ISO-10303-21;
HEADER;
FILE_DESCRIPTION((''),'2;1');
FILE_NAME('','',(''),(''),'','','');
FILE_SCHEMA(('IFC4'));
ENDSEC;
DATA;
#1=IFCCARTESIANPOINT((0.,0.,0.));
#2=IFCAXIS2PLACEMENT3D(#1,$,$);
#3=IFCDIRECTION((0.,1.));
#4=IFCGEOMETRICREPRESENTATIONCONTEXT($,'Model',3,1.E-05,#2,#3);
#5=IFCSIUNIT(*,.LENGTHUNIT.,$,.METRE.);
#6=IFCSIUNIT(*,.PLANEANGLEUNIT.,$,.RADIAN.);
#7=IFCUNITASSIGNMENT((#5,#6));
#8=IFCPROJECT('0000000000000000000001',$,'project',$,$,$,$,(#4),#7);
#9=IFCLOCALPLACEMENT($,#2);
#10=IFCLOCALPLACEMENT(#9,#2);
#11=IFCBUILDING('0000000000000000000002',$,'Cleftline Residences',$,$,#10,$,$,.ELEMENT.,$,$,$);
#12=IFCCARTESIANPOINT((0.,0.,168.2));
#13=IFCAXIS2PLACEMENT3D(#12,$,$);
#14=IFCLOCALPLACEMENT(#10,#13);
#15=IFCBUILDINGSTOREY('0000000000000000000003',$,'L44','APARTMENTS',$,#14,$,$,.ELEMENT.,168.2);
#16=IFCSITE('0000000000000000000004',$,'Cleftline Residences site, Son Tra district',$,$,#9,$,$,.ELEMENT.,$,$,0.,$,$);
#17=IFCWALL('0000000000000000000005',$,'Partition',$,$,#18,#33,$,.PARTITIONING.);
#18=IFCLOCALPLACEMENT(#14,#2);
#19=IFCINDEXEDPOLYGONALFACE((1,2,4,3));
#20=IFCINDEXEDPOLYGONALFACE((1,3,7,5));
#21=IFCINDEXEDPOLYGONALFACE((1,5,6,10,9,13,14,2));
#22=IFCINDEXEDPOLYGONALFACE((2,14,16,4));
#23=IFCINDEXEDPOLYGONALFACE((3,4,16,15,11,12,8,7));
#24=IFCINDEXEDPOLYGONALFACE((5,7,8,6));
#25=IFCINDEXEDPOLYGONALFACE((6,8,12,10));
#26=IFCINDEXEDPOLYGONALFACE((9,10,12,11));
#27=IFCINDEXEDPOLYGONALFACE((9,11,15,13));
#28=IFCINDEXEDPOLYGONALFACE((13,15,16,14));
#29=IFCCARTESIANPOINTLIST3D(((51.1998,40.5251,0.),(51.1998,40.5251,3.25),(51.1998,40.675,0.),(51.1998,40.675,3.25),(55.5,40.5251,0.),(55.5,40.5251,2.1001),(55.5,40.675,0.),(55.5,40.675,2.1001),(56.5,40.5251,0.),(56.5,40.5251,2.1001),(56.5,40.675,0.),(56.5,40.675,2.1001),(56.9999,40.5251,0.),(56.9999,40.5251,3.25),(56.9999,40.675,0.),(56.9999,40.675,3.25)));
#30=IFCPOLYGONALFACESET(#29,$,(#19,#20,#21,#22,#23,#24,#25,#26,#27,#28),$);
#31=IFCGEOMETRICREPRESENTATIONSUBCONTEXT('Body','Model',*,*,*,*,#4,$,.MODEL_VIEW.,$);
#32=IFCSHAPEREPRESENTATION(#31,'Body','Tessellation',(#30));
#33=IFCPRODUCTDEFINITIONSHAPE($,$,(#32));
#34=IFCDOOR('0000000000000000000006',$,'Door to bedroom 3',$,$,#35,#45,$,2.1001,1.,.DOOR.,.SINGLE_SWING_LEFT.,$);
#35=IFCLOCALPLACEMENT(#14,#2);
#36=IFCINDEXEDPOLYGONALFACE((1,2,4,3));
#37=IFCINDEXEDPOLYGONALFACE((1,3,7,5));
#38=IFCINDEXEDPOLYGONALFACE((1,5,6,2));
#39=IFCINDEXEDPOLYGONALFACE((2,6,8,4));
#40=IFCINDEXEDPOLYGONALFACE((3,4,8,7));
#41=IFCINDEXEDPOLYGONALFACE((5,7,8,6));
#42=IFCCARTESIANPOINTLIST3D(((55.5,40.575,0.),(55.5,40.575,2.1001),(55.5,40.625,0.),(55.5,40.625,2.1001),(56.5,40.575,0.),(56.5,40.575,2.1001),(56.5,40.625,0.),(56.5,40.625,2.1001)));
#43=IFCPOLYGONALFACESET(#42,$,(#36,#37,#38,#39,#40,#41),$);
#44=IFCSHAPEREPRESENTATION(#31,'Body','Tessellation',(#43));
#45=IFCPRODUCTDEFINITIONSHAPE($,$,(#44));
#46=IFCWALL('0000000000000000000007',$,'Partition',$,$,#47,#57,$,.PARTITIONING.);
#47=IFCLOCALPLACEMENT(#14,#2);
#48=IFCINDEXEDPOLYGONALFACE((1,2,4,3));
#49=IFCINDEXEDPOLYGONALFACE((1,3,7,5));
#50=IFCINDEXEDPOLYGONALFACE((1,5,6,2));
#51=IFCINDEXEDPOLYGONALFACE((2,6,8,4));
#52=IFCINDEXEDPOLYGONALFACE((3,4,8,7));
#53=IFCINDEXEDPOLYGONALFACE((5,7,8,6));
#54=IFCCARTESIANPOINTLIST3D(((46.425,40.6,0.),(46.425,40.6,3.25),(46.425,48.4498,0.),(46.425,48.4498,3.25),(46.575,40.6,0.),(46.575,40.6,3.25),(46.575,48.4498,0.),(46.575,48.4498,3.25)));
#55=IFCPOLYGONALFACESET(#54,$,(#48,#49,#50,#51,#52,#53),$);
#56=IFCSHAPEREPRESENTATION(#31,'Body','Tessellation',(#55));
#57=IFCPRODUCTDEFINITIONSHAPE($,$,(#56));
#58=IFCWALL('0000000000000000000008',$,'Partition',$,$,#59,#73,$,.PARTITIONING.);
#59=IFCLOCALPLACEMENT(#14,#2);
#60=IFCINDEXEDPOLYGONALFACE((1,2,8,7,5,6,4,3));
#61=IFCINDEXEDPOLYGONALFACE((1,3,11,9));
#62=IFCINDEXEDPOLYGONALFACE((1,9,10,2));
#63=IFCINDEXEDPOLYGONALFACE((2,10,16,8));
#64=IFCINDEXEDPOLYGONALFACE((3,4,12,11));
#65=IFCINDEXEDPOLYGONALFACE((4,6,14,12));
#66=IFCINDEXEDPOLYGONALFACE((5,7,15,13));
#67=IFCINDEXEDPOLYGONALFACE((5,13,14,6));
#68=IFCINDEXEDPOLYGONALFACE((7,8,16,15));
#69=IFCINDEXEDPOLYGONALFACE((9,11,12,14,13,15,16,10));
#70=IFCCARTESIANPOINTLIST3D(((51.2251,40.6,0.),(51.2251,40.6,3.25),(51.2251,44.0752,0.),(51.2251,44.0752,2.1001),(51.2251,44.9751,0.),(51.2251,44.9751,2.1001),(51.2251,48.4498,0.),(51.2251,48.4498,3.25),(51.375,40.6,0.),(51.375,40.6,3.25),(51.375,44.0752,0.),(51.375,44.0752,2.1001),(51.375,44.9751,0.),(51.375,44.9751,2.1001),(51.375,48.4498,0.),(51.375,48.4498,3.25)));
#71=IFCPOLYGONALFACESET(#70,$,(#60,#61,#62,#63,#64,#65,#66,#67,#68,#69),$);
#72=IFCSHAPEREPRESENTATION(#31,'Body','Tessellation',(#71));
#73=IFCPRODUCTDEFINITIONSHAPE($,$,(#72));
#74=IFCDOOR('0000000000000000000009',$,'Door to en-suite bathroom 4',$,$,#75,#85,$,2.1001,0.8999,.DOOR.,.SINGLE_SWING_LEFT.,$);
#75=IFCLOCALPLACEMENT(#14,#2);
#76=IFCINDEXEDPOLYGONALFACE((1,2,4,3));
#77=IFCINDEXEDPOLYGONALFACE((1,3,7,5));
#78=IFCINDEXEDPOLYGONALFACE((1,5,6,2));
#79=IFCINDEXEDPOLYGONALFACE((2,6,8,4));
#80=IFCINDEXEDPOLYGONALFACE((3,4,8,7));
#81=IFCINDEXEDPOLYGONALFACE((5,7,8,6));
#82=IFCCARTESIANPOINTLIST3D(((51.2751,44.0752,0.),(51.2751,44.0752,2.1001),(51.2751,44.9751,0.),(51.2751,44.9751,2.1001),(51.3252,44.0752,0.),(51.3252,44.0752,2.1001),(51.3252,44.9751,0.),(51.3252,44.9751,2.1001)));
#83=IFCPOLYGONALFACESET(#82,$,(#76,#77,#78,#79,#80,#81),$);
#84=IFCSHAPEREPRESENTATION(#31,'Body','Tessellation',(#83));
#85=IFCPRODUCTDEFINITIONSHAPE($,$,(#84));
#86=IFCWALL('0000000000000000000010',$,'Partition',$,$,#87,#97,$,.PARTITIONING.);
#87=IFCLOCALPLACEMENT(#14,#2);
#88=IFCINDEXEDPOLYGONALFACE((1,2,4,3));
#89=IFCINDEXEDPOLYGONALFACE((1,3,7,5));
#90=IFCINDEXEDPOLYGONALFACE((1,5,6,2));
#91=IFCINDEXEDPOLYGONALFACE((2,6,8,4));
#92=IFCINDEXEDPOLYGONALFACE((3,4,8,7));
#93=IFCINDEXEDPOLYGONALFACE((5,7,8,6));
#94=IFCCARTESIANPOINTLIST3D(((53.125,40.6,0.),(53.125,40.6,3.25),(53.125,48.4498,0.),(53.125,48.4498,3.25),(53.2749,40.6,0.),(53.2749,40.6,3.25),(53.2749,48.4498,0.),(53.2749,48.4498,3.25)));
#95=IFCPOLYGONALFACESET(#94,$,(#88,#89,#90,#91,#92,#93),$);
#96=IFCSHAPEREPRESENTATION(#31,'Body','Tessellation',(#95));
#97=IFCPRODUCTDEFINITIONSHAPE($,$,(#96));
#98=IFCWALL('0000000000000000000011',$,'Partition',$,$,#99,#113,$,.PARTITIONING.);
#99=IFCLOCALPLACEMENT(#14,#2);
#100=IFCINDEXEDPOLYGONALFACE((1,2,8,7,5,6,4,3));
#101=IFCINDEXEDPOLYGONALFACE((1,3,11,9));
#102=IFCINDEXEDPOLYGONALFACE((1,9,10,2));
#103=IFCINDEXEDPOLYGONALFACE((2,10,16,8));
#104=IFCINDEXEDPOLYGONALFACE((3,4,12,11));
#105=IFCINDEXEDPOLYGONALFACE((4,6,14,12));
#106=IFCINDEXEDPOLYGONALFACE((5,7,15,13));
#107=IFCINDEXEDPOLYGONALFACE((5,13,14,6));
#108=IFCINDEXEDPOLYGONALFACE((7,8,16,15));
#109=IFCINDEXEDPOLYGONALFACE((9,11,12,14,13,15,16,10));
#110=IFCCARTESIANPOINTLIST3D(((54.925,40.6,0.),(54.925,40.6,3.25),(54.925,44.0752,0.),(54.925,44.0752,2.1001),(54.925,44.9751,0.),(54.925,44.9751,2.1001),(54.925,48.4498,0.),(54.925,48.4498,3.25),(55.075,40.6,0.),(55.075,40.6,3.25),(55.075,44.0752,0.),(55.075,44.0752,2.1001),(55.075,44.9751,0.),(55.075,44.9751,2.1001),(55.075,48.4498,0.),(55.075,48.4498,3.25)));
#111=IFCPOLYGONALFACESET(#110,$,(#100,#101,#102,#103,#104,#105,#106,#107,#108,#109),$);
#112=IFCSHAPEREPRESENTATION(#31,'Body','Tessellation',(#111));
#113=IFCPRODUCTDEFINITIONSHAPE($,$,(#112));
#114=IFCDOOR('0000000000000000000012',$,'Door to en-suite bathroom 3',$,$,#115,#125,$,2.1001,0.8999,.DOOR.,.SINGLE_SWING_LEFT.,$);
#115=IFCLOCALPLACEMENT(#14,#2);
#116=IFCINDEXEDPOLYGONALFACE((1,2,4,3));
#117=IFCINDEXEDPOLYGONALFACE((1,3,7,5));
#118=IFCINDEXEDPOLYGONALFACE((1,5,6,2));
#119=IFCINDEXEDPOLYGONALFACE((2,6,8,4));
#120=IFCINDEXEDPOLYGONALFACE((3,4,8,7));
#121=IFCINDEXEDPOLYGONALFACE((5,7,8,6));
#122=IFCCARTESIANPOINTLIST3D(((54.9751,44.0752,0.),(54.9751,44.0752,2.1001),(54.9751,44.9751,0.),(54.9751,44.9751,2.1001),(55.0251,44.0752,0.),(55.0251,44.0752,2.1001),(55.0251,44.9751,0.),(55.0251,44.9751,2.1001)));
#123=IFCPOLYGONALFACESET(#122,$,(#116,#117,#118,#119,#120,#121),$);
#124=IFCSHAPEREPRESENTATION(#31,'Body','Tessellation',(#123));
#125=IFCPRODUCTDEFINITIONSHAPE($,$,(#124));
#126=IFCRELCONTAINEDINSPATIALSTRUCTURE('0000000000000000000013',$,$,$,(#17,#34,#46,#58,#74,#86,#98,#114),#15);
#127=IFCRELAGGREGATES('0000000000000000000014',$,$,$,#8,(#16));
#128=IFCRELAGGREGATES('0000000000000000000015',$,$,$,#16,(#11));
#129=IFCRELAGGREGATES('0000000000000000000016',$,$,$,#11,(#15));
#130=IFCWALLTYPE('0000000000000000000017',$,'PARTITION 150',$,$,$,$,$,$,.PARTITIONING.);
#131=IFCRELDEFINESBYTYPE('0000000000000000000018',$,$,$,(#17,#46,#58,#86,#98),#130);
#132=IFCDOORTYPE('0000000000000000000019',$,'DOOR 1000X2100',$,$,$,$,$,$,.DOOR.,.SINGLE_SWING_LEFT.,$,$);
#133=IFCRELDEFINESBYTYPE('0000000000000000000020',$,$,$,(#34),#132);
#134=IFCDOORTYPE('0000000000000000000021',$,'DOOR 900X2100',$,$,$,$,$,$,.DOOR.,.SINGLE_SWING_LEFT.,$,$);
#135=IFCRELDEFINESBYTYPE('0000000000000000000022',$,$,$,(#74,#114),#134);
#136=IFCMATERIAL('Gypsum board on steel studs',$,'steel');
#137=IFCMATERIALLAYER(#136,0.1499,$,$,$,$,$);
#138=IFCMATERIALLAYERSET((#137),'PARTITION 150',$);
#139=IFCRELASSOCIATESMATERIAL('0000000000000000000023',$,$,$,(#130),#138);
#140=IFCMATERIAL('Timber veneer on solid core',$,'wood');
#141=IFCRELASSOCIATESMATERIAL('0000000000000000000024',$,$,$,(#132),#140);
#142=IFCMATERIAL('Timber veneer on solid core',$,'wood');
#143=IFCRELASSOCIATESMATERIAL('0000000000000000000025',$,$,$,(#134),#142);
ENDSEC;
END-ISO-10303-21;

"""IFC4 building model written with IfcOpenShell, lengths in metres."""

from ifc_helpers import new_model, si_unit, direction, frame, frame_2d, origin, place, context, subcontext, project, spatial, rectangle, extrude, material, layer, layer_set, type_object, element, fill, save


model = new_model("IFC4")

# Units and contexts
model_context = context("Model", 3, precision=1e-05, world=origin(), true_north=direction((0.0, 1.0)))
body_context = subcontext(model_context, "Body", "Model", "MODEL_VIEW")
ifc_project = project(units=[si_unit("LENGTHUNIT", "METRE"), si_unit("PLANEANGLEUNIT", "RADIAN")], contexts=[model_context])

# Site, building, storey
site_placement = place(None, origin())
site = spatial("IfcSite", under=ifc_project, at=site_placement, Name="Cleftline Residences site, Son Tra district", CompositionType="ELEMENT", RefElevation=0.0)
building_placement = place(site_placement, origin())
building = spatial("IfcBuilding", under=site, at=building_placement, Name="Cleftline Residences", CompositionType="ELEMENT")
storey_placement = place(building_placement, frame((0.0, 0.0, 168.2)))
storey = spatial("IfcBuildingStorey", under=building, at=storey_placement, Name="L44", Description="APARTMENTS", CompositionType="ELEMENT", Elevation=168.2)

# Shared definitions
ifc_material_1 = material(Name="Gypsum board on steel studs", Category="steel")
ifc_layer = layer(ifc_material_1, 0.1499)
ifc_layer_set = layer_set([ifc_layer], Name="PARTITION 150")
wall_type = type_object("IfcWallType", Name="PARTITION 150", PredefinedType="PARTITIONING", material=ifc_layer_set)
ifc_material_2 = material(Name="Timber veneer on solid core", Category="wood")
door_type_1 = type_object("IfcDoorType", Name="DOOR 1000X2100", OperationType="SINGLE_SWING_LEFT", PredefinedType="DOOR", material=ifc_material_2)

# Wall, opening, door
wall_1_placement = place(storey_placement, frame((51.2, 40.6001, 0.0), z_axis=(0.0, 0.0, 1.0), x_axis=(1.0, 0.0, 0.0)))
wall_1 = element("IfcWall", 1, at=wall_1_placement, inside=storey, type_object=wall_type, Name="Partition", PredefinedType="PARTITIONING", context=body_context, shape_type="SweptSolid", body=[
    extrude(rectangle(XDim=5.8, YDim=0.1499, at=frame_2d((2.8999, 0.0))), origin(), (0.0, 0.0, 1.0), 3.25),
])
opening_1_placement = place(wall_1_placement, frame((4.3, 0.0, 0.0)))
opening_1 = element("IfcOpeningElement", 2, at=opening_1_placement, cuts=wall_1, PredefinedType="OPENING", context=body_context, shape_type="SweptSolid", body=[
    extrude(rectangle(XDim=1.0, YDim=2.1001, at=frame_2d((0.5, 1.05))), frame((0.0, 0.085, 0.0), z_axis=(0.0, -1.0, 0.0), x_axis=(1.0, 0.0, 0.0)), (0.0, 0.0, 1.0), 0.1699),
])
door_1_placement = place(opening_1_placement, origin())
door_1 = element("IfcDoor", 3, at=door_1_placement, inside=storey, type_object=door_type_1, Name="Door to bedroom 3", OperationType="SINGLE_SWING_LEFT", OverallHeight=2.1001, OverallWidth=1.0, PredefinedType="DOOR", context=body_context, shape_type="SweptSolid", body=[
    extrude(rectangle(XDim=1.0, YDim=2.1001, at=frame_2d((0.5, 1.05))), frame((0.0, 0.0249, 0.0), z_axis=(0.0, -1.0, 0.0), x_axis=(1.0, 0.0, 0.0)), (0.0, 0.0, 1.0), 0.05),
])
fill(opening_1, door_1)

# Wall
wall_2_placement = place(storey_placement, frame((46.5, 40.6001, 0.0), z_axis=(0.0, 0.0, 1.0), x_axis=(0.0, 1.0, 0.0)))
element("IfcWall", 4, at=wall_2_placement, inside=storey, type_object=wall_type, Name="Partition", PredefinedType="PARTITIONING", context=body_context, shape_type="SweptSolid", body=[
    extrude(rectangle(XDim=7.8499, YDim=0.1499, at=frame_2d((3.9248, 0.0))), origin(), (0.0, 0.0, 1.0), 3.25),
])

# Wall, opening, door
wall_3_placement = place(storey_placement, frame((51.3, 40.6001, 0.0), z_axis=(0.0, 0.0, 1.0), x_axis=(0.0, 1.0, 0.0)))
wall_3 = element("IfcWall", 5, at=wall_3_placement, inside=storey, type_object=wall_type, Name="Partition", PredefinedType="PARTITIONING", context=body_context, shape_type="SweptSolid", body=[
    extrude(rectangle(XDim=7.8499, YDim=0.1499, at=frame_2d((3.9248, 0.0))), origin(), (0.0, 0.0, 1.0), 3.25),
])
opening_2_placement = place(wall_3_placement, frame((3.4751, 0.0, 0.0)))
opening_2 = element("IfcOpeningElement", 6, at=opening_2_placement, cuts=wall_3, PredefinedType="OPENING", context=body_context, shape_type="SweptSolid", body=[
    extrude(rectangle(XDim=0.8999, YDim=2.1001, at=frame_2d((0.45, 1.05))), frame((0.0, 0.085, 0.0), z_axis=(0.0, -1.0, 0.0), x_axis=(1.0, 0.0, 0.0)), (0.0, 0.0, 1.0), 0.1699),
])
ifc_material_3 = material(Name="Timber veneer on solid core", Category="wood")
door_type_2 = type_object("IfcDoorType", Name="DOOR 900X2100", OperationType="SINGLE_SWING_LEFT", PredefinedType="DOOR", material=ifc_material_3)
door_2_placement = place(opening_2_placement, origin())
door_2 = element("IfcDoor", 7, at=door_2_placement, inside=storey, type_object=door_type_2, Name="Door to en-suite bathroom 4", OperationType="SINGLE_SWING_LEFT", OverallHeight=2.1001, OverallWidth=0.8999, PredefinedType="DOOR", context=body_context, shape_type="SweptSolid", body=[
    extrude(rectangle(XDim=0.8999, YDim=2.1001, at=frame_2d((0.45, 1.05))), frame((0.0, 0.0249, 0.0), z_axis=(0.0, -1.0, 0.0), x_axis=(1.0, 0.0, 0.0)), (0.0, 0.0, 1.0), 0.05),
])
fill(opening_2, door_2)

# Wall
wall_4_placement = place(storey_placement, frame((53.2, 40.6001, 0.0), z_axis=(0.0, 0.0, 1.0), x_axis=(0.0, 1.0, 0.0)))
element("IfcWall", 8, at=wall_4_placement, inside=storey, type_object=wall_type, Name="Partition", PredefinedType="PARTITIONING", context=body_context, shape_type="SweptSolid", body=[
    extrude(rectangle(XDim=7.8499, YDim=0.1499, at=frame_2d((3.9248, 0.0))), origin(), (0.0, 0.0, 1.0), 3.25),
])

# Wall, opening, door
wall_5_placement = place(storey_placement, frame((55.0, 40.6001, 0.0), z_axis=(0.0, 0.0, 1.0), x_axis=(0.0, 1.0, 0.0)))
wall_5 = element("IfcWall", 9, at=wall_5_placement, inside=storey, type_object=wall_type, Name="Partition", PredefinedType="PARTITIONING", context=body_context, shape_type="SweptSolid", body=[
    extrude(rectangle(XDim=7.8499, YDim=0.1499, at=frame_2d((3.9248, 0.0))), origin(), (0.0, 0.0, 1.0), 3.25),
])
opening_3_placement = place(wall_5_placement, frame((3.4751, 0.0, 0.0)))
opening_3 = element("IfcOpeningElement", 10, at=opening_3_placement, cuts=wall_5, PredefinedType="OPENING", context=body_context, shape_type="SweptSolid", body=[
    extrude(rectangle(XDim=0.8999, YDim=2.1001, at=frame_2d((0.45, 1.05))), frame((0.0, 0.085, 0.0), z_axis=(0.0, -1.0, 0.0), x_axis=(1.0, 0.0, 0.0)), (0.0, 0.0, 1.0), 0.1699),
])
door_3_placement = place(opening_3_placement, origin())
door_3 = element("IfcDoor", 11, at=door_3_placement, inside=storey, type_object=door_type_2, Name="Door to en-suite bathroom 3", OperationType="SINGLE_SWING_LEFT", OverallHeight=2.1001, OverallWidth=0.8999, PredefinedType="DOOR", context=body_context, shape_type="SweptSolid", body=[
    extrude(rectangle(XDim=0.8999, YDim=2.1001, at=frame_2d((0.45, 1.05))), frame((0.0, 0.0249, 0.0), z_axis=(0.0, -1.0, 0.0), x_axis=(1.0, 0.0, 0.0)), (0.0, 0.0, 1.0), 0.05),
])
fill(opening_3, door_3)

save(model, "model.ifc")
